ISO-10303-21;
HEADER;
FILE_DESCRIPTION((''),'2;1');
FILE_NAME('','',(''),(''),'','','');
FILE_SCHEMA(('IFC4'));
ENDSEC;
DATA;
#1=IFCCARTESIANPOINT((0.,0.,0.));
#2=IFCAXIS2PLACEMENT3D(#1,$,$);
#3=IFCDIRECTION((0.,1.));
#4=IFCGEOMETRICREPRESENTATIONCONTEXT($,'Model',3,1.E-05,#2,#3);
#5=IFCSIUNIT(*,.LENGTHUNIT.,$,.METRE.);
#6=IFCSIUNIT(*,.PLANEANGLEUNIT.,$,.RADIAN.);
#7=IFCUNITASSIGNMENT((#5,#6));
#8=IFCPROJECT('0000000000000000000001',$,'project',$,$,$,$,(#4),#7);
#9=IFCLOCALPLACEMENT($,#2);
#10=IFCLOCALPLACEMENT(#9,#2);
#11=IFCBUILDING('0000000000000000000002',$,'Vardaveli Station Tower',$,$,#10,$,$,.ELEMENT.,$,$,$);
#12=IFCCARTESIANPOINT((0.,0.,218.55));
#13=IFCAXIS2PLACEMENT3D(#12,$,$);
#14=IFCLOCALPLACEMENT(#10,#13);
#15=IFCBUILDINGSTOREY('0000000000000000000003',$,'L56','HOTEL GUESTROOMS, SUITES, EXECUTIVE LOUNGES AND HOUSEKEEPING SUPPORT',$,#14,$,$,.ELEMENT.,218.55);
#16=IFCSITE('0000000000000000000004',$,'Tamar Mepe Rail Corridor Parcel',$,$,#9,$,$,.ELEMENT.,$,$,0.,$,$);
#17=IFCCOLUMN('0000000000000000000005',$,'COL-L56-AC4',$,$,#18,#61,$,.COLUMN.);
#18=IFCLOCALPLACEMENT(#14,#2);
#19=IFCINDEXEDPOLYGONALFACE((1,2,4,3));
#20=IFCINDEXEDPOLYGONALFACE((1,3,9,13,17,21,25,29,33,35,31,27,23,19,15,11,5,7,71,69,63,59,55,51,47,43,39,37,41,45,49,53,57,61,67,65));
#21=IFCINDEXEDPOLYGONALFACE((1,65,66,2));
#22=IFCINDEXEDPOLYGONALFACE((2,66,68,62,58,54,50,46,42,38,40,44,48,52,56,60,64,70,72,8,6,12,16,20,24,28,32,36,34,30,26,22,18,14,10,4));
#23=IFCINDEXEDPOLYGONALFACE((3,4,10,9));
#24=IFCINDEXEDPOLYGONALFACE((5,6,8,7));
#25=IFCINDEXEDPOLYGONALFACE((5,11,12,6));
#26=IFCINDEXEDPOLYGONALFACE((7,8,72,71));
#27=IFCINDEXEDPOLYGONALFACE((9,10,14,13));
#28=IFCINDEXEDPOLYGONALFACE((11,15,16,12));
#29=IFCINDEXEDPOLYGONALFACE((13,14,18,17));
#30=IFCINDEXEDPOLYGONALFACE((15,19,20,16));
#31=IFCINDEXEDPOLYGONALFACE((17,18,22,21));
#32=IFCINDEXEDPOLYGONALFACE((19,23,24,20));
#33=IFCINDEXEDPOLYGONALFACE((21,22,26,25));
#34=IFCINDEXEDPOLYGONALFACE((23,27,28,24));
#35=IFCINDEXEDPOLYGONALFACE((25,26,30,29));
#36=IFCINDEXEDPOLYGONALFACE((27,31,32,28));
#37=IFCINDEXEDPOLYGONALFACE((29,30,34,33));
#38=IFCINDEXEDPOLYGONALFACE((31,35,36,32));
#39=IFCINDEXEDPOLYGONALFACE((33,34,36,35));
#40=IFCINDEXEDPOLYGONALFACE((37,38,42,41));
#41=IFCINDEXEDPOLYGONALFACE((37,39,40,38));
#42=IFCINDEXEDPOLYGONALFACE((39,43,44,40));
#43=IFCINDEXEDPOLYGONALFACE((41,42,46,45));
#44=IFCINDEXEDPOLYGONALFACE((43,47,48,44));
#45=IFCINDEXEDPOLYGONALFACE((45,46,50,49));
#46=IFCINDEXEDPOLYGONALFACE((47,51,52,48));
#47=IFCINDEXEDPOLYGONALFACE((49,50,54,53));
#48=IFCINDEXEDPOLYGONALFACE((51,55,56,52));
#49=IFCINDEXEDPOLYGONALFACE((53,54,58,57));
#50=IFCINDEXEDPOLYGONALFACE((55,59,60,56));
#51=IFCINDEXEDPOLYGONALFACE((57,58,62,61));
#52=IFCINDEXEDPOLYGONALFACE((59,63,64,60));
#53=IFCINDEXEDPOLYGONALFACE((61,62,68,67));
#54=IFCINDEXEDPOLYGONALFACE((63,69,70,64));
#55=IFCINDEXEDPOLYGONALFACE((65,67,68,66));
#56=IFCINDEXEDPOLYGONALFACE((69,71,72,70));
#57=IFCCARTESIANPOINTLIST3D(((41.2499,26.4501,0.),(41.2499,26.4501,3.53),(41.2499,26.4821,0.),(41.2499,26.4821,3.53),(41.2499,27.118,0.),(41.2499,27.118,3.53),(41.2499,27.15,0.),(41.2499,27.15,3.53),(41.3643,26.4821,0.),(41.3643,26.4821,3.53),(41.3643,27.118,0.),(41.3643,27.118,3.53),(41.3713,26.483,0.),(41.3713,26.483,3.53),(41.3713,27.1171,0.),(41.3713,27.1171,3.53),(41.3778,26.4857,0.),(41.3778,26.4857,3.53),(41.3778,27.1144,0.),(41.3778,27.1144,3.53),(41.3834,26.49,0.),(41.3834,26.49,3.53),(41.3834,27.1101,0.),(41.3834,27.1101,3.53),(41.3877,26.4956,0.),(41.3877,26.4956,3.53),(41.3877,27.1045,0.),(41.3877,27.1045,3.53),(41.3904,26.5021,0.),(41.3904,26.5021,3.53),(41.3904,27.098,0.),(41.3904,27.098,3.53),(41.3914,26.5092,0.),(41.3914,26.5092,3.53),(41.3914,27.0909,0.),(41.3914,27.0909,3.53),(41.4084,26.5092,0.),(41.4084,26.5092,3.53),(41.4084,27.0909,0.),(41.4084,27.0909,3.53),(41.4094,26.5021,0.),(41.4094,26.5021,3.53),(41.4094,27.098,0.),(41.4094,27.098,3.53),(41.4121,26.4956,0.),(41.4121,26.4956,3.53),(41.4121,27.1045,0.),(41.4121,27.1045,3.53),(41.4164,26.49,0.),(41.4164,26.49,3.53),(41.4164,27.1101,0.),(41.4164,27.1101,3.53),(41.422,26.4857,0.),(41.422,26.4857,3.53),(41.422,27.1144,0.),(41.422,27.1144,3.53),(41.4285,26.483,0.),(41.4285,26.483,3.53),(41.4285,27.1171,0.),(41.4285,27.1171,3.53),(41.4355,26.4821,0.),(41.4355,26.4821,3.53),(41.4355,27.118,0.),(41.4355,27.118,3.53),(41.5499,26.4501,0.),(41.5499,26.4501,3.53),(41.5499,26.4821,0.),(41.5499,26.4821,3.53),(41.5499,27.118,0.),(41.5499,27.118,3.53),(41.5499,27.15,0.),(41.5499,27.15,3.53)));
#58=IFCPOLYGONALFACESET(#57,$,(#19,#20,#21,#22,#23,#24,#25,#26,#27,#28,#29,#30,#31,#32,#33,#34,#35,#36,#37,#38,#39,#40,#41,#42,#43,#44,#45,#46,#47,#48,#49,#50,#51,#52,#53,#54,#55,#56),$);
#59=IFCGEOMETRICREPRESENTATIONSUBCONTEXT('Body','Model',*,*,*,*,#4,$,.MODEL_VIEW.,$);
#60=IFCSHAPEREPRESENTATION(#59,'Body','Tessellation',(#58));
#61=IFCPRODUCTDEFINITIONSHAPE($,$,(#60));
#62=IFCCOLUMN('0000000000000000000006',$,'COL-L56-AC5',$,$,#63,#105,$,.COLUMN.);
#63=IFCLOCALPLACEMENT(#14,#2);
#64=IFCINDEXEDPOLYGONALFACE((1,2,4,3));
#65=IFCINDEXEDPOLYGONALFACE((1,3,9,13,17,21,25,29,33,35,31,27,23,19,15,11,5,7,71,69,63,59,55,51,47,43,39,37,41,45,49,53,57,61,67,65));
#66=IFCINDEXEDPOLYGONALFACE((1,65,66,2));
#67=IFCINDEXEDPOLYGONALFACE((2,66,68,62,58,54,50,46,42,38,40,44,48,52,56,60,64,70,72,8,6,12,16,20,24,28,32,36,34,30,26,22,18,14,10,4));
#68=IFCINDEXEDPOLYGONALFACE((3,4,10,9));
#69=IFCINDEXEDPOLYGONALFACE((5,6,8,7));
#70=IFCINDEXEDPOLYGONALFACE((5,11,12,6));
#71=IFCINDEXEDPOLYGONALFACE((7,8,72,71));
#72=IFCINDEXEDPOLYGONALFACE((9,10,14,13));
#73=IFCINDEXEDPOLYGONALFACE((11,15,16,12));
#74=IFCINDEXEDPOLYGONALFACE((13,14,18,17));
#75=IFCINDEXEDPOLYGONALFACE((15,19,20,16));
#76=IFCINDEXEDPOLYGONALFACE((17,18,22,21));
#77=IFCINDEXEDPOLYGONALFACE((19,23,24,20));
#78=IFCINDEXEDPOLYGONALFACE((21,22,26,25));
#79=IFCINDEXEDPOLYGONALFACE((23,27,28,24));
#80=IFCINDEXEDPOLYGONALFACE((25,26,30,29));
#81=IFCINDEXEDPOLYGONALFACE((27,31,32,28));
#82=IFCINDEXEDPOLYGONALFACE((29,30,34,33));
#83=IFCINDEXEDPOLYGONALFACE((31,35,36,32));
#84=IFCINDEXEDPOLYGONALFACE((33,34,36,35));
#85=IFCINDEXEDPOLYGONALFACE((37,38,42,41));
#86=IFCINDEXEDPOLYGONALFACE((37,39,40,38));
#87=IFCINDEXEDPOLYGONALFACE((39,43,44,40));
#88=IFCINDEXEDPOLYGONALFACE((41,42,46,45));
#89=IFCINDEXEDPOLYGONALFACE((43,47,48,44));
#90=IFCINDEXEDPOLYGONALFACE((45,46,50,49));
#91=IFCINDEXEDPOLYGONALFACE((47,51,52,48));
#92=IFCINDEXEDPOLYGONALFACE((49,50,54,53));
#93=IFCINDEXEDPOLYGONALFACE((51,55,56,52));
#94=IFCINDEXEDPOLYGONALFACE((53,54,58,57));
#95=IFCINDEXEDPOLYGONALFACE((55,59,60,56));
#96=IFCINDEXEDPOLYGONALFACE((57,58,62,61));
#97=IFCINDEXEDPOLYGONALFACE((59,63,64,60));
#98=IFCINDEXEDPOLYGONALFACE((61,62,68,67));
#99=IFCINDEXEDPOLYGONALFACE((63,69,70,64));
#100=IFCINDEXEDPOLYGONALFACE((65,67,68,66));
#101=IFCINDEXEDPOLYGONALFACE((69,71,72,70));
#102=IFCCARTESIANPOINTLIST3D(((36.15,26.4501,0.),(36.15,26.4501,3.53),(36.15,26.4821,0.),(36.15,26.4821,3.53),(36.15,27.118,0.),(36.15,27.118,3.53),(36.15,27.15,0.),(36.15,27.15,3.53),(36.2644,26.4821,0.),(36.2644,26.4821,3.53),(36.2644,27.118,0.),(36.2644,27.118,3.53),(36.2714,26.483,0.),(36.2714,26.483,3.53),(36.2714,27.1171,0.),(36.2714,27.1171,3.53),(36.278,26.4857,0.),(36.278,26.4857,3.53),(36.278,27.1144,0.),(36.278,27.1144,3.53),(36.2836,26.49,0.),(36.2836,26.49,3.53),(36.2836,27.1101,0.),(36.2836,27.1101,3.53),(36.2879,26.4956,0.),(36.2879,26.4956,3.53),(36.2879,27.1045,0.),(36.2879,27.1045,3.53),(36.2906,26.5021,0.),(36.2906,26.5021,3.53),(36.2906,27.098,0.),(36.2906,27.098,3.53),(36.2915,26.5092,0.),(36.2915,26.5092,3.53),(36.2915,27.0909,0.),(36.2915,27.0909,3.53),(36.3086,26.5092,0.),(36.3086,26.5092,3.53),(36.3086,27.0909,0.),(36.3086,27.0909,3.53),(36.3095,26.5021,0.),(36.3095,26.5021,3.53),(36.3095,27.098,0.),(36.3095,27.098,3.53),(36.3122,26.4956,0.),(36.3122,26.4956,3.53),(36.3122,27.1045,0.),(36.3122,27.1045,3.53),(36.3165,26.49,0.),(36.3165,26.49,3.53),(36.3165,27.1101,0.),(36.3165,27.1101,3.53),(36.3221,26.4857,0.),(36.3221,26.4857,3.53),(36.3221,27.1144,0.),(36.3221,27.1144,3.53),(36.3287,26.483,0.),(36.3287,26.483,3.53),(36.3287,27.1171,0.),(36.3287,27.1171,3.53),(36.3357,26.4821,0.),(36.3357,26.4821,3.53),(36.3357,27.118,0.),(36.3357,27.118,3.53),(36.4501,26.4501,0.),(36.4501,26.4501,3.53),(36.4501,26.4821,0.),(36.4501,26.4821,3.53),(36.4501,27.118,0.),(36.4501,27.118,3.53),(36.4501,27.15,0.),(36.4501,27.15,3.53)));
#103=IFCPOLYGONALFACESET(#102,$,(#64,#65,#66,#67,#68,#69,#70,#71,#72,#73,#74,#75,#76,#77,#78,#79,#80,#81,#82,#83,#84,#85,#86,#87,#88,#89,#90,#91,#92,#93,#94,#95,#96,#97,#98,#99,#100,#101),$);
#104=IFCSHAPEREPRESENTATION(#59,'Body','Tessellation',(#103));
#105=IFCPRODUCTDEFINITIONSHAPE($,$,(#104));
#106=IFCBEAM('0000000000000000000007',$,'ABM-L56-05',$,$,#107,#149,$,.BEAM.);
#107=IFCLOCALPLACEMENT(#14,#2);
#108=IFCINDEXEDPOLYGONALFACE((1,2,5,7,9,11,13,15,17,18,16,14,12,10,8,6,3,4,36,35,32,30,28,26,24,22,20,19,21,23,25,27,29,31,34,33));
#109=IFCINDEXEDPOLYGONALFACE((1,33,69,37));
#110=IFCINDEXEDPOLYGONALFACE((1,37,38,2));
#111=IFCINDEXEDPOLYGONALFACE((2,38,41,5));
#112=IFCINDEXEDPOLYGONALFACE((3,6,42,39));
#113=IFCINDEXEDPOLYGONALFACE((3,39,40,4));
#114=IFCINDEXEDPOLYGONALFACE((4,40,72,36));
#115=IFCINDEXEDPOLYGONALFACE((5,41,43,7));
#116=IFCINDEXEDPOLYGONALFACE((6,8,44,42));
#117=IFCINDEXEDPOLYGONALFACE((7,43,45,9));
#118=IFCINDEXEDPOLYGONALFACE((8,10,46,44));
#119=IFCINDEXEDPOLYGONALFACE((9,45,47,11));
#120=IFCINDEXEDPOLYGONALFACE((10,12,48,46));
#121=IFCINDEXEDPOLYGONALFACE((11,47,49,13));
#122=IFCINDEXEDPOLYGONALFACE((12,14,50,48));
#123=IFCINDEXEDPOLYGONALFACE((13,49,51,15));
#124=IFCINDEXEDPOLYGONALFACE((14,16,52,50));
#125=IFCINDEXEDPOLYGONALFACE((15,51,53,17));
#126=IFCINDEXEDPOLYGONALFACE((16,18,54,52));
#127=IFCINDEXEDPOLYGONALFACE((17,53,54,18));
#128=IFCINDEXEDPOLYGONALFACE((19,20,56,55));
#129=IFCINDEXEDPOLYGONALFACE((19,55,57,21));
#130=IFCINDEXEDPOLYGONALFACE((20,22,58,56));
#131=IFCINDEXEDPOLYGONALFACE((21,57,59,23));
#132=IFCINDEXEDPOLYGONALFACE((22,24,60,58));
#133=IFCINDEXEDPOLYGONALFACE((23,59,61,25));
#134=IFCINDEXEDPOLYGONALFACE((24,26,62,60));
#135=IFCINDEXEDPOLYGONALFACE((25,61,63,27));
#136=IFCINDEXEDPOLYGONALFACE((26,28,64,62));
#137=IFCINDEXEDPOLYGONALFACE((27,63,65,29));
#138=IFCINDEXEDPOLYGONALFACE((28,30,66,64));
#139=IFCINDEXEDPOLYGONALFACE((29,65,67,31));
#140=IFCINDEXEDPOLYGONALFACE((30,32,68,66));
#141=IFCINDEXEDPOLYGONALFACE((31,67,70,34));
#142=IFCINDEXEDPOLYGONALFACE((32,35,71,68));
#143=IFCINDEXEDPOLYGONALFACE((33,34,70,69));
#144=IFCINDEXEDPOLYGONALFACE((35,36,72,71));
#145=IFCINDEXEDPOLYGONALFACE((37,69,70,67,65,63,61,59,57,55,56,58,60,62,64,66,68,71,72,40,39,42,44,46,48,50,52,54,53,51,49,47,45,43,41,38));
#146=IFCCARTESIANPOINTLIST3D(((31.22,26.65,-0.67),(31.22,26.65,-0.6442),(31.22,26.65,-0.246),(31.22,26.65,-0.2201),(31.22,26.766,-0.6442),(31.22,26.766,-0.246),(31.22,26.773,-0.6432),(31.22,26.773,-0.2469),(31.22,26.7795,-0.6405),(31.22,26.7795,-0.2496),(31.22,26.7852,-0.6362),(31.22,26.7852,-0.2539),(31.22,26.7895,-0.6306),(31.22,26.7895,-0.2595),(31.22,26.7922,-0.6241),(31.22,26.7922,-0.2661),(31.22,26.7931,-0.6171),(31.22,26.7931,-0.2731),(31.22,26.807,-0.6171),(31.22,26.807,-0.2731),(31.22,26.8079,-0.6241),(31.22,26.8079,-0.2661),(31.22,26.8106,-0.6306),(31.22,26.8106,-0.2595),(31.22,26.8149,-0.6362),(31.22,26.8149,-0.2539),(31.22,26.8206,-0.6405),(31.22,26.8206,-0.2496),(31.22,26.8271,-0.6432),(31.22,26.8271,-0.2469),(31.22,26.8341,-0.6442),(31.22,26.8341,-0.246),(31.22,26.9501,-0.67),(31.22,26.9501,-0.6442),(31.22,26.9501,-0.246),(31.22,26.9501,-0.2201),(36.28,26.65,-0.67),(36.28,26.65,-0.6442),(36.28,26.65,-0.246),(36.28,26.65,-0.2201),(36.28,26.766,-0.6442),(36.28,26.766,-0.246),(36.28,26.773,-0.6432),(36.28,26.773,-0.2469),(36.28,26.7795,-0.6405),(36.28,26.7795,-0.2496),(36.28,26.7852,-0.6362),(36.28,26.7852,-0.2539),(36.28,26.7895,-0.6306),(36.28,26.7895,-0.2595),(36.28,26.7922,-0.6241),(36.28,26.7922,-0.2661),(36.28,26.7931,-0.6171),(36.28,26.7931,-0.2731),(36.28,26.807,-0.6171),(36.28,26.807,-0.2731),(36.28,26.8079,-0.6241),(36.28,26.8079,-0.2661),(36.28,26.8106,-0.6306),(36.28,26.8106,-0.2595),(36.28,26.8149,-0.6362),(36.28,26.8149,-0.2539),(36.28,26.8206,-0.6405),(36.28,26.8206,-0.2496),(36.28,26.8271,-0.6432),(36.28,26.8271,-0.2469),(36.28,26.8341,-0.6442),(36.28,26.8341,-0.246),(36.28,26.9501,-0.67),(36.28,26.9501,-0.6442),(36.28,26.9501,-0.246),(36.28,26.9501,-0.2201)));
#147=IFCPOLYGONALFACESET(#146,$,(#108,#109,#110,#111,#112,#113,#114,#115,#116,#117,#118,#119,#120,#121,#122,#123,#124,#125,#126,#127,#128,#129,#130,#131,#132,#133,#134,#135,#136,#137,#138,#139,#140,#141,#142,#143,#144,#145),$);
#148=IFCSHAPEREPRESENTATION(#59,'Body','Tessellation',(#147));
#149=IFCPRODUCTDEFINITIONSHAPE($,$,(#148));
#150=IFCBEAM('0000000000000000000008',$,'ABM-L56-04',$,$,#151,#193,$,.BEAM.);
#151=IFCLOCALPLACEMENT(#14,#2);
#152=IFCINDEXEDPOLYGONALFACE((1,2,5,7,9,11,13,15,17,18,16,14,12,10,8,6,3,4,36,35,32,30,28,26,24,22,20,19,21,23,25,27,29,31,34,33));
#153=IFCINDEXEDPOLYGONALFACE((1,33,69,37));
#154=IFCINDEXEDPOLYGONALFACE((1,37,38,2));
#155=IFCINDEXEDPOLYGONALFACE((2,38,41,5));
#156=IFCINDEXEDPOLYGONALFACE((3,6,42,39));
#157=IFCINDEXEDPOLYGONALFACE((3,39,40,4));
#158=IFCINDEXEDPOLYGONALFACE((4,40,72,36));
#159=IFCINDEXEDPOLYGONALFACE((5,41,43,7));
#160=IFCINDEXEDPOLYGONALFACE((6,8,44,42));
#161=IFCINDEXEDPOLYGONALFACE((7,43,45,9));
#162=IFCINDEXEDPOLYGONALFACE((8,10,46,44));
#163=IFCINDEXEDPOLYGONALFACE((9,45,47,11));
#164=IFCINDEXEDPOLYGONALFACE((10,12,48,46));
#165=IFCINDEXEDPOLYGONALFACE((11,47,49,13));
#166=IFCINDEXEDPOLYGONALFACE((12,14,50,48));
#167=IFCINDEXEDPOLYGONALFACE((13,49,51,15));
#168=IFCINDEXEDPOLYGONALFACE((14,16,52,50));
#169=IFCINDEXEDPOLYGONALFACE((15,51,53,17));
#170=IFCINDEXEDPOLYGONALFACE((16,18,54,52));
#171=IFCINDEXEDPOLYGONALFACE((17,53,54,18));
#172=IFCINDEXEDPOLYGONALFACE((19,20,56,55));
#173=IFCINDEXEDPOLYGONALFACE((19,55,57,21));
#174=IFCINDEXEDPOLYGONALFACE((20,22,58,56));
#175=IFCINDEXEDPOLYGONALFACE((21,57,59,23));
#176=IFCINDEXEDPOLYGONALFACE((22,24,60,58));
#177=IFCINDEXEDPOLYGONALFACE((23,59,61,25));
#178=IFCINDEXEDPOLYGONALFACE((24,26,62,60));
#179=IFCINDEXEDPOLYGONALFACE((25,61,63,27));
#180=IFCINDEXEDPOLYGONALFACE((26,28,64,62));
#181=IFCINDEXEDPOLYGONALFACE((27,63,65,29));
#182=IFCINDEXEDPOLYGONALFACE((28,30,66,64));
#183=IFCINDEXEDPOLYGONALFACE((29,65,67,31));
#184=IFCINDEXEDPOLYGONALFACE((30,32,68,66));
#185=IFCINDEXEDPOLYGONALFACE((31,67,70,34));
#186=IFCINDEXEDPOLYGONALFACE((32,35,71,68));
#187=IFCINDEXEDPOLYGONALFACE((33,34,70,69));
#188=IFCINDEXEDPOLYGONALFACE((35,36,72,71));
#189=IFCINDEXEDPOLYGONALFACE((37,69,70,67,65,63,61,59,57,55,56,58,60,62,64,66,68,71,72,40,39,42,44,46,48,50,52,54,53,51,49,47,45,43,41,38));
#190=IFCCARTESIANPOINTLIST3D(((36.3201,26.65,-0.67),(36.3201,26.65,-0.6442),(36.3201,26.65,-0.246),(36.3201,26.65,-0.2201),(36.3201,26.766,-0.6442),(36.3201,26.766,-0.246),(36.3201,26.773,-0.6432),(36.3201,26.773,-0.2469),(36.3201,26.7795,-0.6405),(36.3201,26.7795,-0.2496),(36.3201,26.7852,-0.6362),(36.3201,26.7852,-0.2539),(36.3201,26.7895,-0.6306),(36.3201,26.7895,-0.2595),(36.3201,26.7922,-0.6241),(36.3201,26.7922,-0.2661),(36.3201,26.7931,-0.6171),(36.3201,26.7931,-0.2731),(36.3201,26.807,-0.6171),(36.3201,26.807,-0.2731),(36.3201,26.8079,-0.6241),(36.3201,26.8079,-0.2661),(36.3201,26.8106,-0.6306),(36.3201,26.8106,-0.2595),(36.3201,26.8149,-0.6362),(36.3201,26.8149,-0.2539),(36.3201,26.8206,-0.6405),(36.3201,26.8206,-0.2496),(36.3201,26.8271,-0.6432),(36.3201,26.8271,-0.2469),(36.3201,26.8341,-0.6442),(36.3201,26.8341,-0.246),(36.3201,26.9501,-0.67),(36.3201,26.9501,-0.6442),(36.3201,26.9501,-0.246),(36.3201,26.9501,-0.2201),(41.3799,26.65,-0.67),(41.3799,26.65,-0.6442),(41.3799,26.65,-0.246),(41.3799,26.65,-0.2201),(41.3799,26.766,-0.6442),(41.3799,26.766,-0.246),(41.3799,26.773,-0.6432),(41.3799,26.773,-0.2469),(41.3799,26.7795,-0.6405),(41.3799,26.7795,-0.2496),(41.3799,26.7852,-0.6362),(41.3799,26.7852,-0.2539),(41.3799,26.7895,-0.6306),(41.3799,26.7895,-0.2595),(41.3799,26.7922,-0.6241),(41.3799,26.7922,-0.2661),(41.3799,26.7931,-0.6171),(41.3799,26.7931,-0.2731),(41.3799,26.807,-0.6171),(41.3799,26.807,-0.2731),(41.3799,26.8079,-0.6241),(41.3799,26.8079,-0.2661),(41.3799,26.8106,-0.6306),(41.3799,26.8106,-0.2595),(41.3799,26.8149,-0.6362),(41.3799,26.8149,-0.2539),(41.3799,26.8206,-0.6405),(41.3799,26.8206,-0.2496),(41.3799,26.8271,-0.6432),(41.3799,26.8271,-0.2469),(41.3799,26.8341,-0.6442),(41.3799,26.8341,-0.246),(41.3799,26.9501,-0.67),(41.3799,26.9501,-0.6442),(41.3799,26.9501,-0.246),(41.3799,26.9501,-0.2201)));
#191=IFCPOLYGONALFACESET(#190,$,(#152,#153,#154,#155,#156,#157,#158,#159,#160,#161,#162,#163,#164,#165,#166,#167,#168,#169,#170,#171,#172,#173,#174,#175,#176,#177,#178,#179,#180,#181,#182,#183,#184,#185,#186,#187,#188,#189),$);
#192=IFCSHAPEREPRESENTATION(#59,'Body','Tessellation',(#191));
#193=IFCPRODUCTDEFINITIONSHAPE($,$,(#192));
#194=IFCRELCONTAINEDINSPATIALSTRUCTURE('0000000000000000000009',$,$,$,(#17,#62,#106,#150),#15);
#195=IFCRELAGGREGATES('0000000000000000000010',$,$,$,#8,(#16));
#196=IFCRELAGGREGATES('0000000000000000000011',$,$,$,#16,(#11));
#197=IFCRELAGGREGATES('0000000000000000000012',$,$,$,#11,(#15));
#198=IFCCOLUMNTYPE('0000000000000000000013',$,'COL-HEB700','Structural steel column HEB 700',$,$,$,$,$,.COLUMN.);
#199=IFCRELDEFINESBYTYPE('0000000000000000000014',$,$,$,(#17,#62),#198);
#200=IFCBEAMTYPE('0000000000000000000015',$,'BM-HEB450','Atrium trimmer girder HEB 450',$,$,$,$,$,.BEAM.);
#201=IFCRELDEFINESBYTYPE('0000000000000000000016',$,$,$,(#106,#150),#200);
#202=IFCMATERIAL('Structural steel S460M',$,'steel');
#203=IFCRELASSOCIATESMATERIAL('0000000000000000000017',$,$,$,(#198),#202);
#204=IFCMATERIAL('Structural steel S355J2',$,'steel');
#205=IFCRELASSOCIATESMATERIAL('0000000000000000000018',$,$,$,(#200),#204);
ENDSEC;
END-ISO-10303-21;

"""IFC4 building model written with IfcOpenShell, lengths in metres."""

from ifc_helpers import new_model, si_unit, direction, frame, origin, origin_2d, place, context, subcontext, project, spatial, i_section, extrude, source, transform, mapped, material, material_profile, profile_set, type_object, element, save


model = new_model("IFC4")

# Units and contexts
model_context = context("Model", 3, precision=1e-05, world=origin(), true_north=direction((0.0, 1.0)))
body_context = subcontext(model_context, "Body", "Model", "MODEL_VIEW")
ifc_project = project(units=[si_unit("LENGTHUNIT", "METRE"), si_unit("PLANEANGLEUNIT", "RADIAN")], contexts=[model_context])

# Site, building, storey
site_placement = place(None, origin())
site = spatial("IfcSite", under=ifc_project, at=site_placement, Name="Tamar Mepe Rail Corridor Parcel", CompositionType="ELEMENT", RefElevation=0.0)
building_placement = place(site_placement, origin())
building = spatial("IfcBuilding", under=site, at=building_placement, Name="Vardaveli Station Tower", CompositionType="ELEMENT")
storey_placement = place(building_placement, frame((0.0, 0.0, 218.55)))
storey = spatial("IfcBuildingStorey", under=building, at=storey_placement, Name="L56", Description="HOTEL GUESTROOMS, SUITES, EXECUTIVE LOUNGES AND HOUSEKEEPING SUPPORT", CompositionType="ELEMENT", Elevation=218.55)

# Columns
ifc_material_1 = material(Name="Structural steel S460M", Category="steel")
ifc_material_profile_1 = material_profile(ifc_material_1, i_section(OverallWidth=0.3, OverallDepth=0.7, WebThickness=0.0171, FlangeThickness=0.032, FilletRadius=0.0271, at=origin_2d()), Name="HEB 700")
ifc_profile_set_1 = profile_set([ifc_material_profile_1], Name="Structural steel S460M")
column_type = type_object("IfcColumnType", Name="COL-HEB700", Description="Structural steel column HEB 700", PredefinedType="COLUMN", material=ifc_profile_set_1)
shared_shape_1 = source(origin(), body_context, "Body", "SweptSolid", [
    extrude(i_section(OverallWidth=0.3, OverallDepth=0.7, WebThickness=0.0171, FlangeThickness=0.032, FilletRadius=0.0271, at=origin_2d()), origin(), (0.0, 0.0, 1.0), 3.53),
])
for number, where, z_axis, x_axis, name in (
    (1, (41.3999, 26.8, 0.0), (0.0, 0.0, 1.0), (1.0, 0.0, 0.0), "COL-L56-AC4"),
    (2, (36.3, 26.8, 0.0), (0.0, 0.0, 1.0), (1.0, 0.0, 0.0), "COL-L56-AC5"),
):
    element("IfcColumn", number, at=place(storey_placement, frame(where, z_axis=z_axis, x_axis=x_axis)), inside=storey, type_object=column_type, Name=name, PredefinedType="COLUMN", context=body_context, shape_type="MappedRepresentation", body=[
        mapped(shared_shape_1, transform((0.0, 0.0, 0.0), scale=1.0)),
    ])

# Beams
ifc_material_2 = material(Name="Structural steel S355J2", Category="steel")
ifc_material_profile_2 = material_profile(ifc_material_2, i_section(OverallWidth=0.3, OverallDepth=0.45, WebThickness=0.0139, FlangeThickness=0.0259, FilletRadius=0.0271, at=origin_2d()), Name="HEB 450")
ifc_profile_set_2 = profile_set([ifc_material_profile_2], Name="Structural steel S355J2")
beam_type = type_object("IfcBeamType", Name="BM-HEB450", Description="Atrium trimmer girder HEB 450", PredefinedType="BEAM", material=ifc_profile_set_2)
shared_shape_2 = source(origin(), body_context, "Body", "SweptSolid", [
    extrude(i_section(OverallWidth=0.3, OverallDepth=0.45, WebThickness=0.0139, FlangeThickness=0.0259, FilletRadius=0.0271, at=origin_2d()), origin(), (0.0, 0.0, 1.0), 5.0601),
])
beam_1_placement = place(storey_placement, frame((36.28, 26.8, -0.4451), z_axis=(-1.0, 0.0, 0.0), x_axis=(0.0, -1.0, 0.0)))
element("IfcBeam", 3, at=beam_1_placement, inside=storey, type_object=beam_type, Name="ABM-L56-05", PredefinedType="BEAM", context=body_context, shape_type="MappedRepresentation", body=[
    mapped(shared_shape_2, transform((0.0, 0.0, 0.0), scale=1.0)),
])
shared_shape_3 = source(origin(), body_context, "Body", "SweptSolid", [
    extrude(i_section(OverallWidth=0.3, OverallDepth=0.45, WebThickness=0.0139, FlangeThickness=0.0259, FilletRadius=0.0271, at=origin_2d()), origin(), (0.0, 0.0, 1.0), 5.0598),
])
beam_2_placement = place(storey_placement, frame((41.3799, 26.8, -0.4451), z_axis=(-1.0, 0.0, 0.0), x_axis=(0.0, -1.0, 0.0)))
element("IfcBeam", 4, at=beam_2_placement, inside=storey, type_object=beam_type, Name="ABM-L56-04", PredefinedType="BEAM", context=body_context, shape_type="MappedRepresentation", body=[
    mapped(shared_shape_3, transform((0.0, 0.0, 0.0), scale=1.0)),
])

save(model, "model.ifc")
